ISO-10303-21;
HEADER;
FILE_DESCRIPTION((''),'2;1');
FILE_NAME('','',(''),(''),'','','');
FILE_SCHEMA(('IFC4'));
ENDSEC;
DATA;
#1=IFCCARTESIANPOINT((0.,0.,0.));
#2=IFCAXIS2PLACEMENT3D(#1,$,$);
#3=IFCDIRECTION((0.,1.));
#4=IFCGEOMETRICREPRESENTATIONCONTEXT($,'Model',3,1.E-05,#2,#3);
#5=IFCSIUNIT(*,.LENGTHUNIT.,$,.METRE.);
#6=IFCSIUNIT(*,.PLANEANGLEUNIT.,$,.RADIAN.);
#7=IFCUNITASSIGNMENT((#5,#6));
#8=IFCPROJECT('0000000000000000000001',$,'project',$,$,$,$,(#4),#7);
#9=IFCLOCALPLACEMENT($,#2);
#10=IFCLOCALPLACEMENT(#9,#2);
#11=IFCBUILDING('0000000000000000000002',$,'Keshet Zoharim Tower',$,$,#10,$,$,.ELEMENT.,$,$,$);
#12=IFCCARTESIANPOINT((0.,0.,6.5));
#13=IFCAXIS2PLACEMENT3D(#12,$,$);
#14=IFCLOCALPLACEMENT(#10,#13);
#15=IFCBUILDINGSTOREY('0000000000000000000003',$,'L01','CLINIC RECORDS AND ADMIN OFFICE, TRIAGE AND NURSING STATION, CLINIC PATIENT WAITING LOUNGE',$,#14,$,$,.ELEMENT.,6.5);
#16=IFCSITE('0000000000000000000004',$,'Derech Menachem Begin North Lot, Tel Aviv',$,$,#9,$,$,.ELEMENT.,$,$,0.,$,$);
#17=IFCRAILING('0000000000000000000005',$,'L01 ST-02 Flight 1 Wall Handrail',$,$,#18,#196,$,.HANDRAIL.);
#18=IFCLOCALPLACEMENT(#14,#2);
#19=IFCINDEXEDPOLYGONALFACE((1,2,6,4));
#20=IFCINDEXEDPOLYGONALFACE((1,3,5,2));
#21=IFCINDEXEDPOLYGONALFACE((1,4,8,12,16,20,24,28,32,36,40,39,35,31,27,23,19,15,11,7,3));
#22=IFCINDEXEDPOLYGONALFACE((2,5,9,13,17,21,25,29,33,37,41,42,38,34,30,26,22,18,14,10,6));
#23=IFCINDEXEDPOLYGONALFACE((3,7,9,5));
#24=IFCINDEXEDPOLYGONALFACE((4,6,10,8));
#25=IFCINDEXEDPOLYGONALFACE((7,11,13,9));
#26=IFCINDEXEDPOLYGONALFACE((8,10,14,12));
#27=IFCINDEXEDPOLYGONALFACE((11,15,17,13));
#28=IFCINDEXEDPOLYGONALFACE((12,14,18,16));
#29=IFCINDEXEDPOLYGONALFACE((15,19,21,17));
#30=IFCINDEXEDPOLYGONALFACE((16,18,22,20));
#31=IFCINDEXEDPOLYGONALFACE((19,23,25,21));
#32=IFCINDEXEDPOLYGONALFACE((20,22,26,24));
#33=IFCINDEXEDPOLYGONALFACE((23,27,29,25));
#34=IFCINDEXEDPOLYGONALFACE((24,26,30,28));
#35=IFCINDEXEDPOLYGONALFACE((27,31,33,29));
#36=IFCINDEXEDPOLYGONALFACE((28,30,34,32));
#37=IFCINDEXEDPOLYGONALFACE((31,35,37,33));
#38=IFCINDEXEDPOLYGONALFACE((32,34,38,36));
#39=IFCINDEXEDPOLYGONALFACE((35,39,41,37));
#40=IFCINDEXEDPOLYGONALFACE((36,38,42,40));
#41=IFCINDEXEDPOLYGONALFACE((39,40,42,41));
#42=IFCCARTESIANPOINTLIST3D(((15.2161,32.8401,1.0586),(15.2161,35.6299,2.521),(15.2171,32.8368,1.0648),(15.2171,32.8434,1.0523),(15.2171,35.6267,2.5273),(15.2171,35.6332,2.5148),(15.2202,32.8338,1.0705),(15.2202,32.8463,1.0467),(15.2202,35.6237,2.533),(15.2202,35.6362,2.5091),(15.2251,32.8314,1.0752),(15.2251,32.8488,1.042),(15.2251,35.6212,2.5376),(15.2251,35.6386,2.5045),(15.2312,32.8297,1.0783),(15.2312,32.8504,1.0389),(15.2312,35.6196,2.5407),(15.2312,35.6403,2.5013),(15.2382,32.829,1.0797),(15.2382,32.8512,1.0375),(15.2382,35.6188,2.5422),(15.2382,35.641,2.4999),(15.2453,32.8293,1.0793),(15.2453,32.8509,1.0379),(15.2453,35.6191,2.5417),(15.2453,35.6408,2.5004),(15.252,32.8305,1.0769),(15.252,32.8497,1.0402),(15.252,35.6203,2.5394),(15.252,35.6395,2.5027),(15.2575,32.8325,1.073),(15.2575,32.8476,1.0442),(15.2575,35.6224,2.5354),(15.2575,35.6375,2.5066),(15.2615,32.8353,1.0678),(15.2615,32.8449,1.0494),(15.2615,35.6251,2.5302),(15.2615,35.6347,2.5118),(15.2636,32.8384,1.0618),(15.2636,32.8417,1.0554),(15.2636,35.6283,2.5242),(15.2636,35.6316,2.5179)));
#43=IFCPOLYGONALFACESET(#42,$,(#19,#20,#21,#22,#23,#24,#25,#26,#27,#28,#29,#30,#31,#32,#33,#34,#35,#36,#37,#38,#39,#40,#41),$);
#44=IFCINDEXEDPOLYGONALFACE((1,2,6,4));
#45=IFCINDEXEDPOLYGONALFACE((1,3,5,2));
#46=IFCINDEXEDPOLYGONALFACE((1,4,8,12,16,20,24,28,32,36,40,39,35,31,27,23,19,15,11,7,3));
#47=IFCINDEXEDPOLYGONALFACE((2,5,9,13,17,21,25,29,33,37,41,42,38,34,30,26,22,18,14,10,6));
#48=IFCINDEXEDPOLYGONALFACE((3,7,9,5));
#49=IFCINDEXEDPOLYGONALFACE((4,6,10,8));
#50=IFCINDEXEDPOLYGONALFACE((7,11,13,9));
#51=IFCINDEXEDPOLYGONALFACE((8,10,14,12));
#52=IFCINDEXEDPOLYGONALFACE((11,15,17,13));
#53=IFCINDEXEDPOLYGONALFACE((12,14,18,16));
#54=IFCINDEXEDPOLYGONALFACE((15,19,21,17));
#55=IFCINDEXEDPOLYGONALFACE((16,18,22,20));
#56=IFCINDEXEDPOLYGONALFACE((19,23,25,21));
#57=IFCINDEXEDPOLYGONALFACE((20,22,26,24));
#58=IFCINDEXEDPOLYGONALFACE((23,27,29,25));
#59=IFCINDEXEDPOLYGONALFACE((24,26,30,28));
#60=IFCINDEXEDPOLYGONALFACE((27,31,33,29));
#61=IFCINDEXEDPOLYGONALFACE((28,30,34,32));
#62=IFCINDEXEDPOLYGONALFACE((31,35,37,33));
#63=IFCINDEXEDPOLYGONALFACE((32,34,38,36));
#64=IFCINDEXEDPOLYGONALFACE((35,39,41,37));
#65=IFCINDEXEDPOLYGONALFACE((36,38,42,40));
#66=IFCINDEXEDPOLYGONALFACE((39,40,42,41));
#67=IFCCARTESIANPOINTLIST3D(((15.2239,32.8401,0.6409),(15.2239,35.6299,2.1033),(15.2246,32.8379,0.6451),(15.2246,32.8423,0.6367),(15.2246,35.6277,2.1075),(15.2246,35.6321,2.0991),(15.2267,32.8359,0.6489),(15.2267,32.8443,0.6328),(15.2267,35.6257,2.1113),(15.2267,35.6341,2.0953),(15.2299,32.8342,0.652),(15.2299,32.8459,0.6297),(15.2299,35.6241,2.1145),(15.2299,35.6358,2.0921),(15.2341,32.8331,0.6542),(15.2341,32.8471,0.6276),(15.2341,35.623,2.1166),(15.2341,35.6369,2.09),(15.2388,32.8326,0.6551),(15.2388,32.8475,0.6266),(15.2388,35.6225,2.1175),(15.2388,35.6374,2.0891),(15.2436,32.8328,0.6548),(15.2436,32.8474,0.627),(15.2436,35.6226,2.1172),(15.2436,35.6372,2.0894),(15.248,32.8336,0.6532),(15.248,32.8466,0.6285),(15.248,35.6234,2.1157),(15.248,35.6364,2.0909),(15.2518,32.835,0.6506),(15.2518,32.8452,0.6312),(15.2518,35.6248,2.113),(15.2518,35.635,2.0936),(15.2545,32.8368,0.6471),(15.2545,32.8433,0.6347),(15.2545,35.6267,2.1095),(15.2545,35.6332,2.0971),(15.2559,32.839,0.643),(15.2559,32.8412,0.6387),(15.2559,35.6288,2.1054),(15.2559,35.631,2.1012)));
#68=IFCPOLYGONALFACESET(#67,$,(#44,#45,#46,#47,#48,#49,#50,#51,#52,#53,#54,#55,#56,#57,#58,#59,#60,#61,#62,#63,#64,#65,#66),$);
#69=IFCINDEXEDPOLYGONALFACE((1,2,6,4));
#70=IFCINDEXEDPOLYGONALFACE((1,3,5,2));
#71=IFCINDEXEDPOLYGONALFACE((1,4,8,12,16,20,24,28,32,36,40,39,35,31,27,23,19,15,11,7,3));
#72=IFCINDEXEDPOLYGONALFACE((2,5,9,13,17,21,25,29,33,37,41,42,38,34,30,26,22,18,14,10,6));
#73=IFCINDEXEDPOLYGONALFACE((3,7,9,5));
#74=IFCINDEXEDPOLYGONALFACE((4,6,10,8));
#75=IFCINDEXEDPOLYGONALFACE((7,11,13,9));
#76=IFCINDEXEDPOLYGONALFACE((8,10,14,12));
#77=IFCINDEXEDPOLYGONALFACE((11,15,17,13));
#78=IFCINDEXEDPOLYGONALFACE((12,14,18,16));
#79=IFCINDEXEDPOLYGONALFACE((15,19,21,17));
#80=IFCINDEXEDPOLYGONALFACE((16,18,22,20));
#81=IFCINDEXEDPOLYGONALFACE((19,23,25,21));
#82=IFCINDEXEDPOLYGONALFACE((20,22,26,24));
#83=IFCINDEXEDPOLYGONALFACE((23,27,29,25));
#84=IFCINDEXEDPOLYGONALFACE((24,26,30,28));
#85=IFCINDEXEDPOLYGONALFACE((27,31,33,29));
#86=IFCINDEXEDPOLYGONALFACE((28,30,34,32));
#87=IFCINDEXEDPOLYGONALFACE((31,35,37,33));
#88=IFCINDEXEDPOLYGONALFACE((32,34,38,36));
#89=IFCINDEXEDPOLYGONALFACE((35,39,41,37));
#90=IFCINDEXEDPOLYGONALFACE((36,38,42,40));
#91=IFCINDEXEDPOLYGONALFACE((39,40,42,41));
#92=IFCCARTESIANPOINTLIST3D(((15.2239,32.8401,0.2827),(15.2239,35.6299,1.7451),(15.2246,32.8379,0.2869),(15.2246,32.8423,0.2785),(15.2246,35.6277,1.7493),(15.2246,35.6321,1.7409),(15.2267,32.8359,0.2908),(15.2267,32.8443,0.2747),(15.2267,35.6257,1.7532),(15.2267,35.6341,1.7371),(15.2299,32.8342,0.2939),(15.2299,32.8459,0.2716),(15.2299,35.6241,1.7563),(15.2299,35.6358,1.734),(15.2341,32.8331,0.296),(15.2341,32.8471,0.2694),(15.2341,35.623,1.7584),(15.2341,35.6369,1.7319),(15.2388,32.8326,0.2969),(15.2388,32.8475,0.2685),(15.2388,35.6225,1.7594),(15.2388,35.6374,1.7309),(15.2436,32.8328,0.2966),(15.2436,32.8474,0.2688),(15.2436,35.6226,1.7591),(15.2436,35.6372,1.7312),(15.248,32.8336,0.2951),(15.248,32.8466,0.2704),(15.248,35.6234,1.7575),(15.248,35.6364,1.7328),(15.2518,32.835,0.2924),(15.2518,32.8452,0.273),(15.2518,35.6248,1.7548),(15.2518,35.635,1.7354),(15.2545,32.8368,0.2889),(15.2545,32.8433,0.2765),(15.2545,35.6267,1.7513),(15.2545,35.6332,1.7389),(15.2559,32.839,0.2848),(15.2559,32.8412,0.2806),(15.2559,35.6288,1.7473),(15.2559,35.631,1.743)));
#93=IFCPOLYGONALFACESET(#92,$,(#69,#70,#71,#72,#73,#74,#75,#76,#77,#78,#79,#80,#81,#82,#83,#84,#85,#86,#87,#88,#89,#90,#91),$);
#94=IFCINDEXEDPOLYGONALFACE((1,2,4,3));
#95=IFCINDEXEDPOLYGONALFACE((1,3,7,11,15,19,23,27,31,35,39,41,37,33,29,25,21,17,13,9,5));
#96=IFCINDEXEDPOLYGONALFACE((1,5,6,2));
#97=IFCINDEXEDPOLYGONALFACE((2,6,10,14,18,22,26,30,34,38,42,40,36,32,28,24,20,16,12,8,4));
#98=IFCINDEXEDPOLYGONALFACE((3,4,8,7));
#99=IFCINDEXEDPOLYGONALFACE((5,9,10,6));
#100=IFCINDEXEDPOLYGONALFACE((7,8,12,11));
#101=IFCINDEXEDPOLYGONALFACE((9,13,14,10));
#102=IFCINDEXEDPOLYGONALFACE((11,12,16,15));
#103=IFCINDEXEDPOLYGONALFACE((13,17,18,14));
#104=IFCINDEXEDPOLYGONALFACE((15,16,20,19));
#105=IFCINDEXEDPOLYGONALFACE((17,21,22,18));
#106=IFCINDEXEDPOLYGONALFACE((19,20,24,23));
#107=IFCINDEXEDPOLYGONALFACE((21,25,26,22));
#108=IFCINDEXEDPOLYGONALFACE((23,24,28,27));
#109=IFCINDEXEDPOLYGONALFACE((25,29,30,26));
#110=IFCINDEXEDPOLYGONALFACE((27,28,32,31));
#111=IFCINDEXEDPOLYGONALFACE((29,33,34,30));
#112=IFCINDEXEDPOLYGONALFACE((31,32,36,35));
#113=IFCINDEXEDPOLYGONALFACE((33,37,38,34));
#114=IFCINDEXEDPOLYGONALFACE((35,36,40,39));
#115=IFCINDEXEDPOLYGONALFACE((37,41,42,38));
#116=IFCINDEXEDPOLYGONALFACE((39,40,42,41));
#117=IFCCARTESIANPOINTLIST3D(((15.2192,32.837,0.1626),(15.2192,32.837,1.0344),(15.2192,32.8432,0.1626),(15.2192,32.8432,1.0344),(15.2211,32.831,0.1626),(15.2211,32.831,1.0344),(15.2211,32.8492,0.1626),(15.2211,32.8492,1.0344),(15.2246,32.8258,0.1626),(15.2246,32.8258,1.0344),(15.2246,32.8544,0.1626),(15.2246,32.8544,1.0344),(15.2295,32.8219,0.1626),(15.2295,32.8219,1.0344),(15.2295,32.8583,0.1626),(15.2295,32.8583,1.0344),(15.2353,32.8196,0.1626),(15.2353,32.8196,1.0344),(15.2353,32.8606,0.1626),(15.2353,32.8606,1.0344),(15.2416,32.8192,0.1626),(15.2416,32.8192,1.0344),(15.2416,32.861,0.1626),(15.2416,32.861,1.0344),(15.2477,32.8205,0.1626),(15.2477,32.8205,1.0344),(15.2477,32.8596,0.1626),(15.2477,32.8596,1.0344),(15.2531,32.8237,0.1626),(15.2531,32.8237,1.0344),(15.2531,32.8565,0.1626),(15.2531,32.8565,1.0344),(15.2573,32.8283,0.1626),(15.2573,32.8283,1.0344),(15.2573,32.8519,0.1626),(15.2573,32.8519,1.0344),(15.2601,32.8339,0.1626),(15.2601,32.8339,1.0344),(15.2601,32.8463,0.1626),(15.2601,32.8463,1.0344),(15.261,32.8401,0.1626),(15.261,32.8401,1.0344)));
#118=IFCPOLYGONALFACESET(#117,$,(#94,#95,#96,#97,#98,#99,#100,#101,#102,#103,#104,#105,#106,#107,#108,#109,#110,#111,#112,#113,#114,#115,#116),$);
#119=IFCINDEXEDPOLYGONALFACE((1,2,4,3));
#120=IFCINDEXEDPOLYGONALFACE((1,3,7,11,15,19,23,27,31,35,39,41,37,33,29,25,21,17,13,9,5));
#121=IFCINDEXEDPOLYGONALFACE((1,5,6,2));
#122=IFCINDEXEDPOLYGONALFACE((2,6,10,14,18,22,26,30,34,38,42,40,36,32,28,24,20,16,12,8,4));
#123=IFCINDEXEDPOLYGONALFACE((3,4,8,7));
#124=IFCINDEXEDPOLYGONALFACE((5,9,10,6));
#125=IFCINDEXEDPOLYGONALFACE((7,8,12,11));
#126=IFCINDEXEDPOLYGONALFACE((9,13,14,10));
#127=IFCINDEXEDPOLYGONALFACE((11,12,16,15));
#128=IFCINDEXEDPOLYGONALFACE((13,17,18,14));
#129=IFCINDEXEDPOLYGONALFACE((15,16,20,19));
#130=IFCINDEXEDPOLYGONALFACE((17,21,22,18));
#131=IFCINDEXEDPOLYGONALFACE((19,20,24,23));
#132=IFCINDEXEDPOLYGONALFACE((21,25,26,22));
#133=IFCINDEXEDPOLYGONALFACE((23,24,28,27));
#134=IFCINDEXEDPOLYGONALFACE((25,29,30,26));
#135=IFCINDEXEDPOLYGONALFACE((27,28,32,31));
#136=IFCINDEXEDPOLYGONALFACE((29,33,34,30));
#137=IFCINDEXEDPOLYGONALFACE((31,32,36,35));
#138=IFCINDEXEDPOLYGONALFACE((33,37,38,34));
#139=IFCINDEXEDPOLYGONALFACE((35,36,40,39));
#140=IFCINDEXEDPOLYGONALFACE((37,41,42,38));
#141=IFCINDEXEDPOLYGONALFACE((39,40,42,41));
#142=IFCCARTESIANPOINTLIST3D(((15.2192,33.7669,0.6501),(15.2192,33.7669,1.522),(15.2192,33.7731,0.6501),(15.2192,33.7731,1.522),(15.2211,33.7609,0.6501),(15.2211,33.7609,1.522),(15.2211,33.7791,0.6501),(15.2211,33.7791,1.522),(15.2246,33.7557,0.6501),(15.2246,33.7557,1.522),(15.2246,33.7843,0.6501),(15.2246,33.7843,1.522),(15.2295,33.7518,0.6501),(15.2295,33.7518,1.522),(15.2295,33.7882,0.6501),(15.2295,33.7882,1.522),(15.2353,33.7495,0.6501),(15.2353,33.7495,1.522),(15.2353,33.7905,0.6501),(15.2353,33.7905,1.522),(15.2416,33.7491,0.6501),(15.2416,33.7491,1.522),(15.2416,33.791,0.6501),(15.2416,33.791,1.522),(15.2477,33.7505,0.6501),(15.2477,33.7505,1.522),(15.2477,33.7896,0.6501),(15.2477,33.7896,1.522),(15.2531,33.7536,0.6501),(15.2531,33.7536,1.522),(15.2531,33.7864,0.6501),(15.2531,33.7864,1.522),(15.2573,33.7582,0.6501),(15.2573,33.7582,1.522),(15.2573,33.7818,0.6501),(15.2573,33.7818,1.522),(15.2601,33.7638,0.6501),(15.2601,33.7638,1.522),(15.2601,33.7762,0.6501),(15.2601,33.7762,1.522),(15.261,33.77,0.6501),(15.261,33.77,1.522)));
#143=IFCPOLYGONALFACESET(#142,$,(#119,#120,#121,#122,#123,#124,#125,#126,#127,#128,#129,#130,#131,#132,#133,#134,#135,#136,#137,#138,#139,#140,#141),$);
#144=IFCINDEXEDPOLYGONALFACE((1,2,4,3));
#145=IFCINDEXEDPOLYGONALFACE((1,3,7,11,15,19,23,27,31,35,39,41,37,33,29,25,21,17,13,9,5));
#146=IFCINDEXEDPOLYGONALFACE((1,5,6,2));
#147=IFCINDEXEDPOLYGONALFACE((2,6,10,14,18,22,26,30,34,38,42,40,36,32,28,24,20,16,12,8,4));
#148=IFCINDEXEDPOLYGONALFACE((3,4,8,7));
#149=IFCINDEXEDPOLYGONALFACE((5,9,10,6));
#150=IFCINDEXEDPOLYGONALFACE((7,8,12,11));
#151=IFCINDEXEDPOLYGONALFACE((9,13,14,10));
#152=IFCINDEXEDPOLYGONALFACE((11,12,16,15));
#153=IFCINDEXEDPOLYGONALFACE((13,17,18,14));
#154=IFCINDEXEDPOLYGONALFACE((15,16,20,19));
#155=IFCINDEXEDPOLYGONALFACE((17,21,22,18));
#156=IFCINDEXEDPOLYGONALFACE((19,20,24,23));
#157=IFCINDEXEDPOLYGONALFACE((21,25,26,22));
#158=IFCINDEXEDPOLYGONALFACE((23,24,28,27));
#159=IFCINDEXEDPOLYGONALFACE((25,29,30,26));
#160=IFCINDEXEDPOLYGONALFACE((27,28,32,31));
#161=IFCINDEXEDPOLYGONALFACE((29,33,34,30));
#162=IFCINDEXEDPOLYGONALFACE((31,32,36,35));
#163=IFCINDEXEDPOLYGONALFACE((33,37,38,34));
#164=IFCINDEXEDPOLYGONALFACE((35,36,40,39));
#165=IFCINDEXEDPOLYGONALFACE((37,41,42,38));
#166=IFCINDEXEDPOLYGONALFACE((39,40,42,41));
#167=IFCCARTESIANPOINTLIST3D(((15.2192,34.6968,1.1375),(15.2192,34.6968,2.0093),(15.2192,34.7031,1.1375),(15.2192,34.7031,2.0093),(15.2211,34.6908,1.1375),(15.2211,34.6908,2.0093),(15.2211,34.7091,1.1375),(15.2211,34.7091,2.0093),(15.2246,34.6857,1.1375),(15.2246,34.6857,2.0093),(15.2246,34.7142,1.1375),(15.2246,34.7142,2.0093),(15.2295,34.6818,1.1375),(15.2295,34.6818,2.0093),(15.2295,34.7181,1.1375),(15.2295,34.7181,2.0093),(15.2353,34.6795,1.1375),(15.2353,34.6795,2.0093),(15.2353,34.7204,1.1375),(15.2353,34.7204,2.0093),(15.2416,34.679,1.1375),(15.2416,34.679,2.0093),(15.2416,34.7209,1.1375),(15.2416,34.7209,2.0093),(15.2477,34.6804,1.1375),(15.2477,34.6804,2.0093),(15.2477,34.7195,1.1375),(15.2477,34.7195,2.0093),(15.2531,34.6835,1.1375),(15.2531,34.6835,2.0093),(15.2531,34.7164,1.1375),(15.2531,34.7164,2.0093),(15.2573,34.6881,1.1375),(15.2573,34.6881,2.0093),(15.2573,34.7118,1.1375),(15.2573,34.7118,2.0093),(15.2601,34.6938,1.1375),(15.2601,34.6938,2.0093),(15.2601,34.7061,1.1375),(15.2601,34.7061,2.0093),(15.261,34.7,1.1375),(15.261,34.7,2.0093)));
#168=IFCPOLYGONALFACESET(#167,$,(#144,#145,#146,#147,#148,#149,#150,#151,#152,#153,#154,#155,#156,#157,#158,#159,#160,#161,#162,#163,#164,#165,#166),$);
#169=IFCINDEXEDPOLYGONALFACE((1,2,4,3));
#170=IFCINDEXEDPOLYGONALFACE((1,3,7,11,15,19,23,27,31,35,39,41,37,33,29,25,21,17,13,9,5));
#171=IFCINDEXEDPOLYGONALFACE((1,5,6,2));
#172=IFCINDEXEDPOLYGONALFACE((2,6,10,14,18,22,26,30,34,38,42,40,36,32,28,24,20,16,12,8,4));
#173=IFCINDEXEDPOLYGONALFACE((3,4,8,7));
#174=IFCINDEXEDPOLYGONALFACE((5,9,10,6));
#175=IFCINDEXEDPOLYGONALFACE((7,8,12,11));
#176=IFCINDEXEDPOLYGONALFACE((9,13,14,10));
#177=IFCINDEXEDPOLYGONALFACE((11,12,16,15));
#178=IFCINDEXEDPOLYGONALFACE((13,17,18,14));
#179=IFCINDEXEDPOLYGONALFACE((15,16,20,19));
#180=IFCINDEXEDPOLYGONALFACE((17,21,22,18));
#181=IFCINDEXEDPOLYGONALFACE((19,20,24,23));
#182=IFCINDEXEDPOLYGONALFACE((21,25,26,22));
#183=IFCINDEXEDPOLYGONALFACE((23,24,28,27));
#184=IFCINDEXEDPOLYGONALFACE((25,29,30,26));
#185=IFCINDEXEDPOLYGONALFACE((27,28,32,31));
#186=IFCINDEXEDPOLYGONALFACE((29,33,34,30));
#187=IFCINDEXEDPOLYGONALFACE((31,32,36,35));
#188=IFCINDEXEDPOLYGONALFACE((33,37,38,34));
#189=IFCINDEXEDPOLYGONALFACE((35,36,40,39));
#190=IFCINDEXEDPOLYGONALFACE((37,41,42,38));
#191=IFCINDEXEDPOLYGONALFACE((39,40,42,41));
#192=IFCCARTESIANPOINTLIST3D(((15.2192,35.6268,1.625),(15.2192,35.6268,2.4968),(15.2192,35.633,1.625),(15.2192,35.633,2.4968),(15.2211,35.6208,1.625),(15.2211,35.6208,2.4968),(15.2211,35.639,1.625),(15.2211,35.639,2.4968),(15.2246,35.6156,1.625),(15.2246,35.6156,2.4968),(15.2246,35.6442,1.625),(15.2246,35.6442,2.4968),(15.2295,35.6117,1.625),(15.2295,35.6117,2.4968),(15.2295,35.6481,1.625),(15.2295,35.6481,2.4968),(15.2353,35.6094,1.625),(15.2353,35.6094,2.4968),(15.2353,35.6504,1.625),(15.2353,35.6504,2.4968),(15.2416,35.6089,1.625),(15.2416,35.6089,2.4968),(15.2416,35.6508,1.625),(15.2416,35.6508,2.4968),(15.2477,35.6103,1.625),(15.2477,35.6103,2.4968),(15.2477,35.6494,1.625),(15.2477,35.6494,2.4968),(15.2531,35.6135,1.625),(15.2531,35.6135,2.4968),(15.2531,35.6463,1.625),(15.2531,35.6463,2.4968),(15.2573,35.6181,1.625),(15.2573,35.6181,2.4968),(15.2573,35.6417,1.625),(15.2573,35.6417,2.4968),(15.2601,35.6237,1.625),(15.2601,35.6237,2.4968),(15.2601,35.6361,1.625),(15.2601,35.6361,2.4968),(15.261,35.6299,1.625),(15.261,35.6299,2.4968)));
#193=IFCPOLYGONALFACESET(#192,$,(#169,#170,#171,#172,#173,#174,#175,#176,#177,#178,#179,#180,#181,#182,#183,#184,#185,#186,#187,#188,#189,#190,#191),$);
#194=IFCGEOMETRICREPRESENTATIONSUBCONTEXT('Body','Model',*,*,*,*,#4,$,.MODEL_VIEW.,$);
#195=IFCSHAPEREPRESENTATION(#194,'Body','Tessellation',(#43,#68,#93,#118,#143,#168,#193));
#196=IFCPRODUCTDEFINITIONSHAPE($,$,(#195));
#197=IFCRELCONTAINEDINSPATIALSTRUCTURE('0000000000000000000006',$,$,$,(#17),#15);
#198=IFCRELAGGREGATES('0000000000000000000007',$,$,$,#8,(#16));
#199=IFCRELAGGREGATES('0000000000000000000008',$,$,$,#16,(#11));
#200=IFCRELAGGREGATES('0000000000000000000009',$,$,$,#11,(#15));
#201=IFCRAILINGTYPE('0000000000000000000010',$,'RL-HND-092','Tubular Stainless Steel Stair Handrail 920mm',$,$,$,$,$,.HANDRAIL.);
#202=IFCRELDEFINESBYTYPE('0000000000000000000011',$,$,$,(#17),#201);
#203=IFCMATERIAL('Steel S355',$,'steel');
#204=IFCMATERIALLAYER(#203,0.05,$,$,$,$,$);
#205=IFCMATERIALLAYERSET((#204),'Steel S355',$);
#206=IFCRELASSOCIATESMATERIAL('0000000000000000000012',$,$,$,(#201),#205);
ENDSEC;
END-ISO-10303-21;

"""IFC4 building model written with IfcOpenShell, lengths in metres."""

from ifc_helpers import new_model, si_unit, direction, frame, origin, origin_2d, place, context, subcontext, project, spatial, circle, extrude, material, layer, layer_set, type_object, element, save


model = new_model("IFC4")

# Units and contexts
model_context = context("Model", 3, precision=1e-05, world=origin(), true_north=direction((0.0, 1.0)))
body_context = subcontext(model_context, "Body", "Model", "MODEL_VIEW")
ifc_project = project(units=[si_unit("LENGTHUNIT", "METRE"), si_unit("PLANEANGLEUNIT", "RADIAN")], contexts=[model_context])

# Site, building, storey
site_placement = place(None, origin())
site = spatial("IfcSite", under=ifc_project, at=site_placement, Name="Derech Menachem Begin North Lot, Tel Aviv", CompositionType="ELEMENT", RefElevation=0.0)
building_placement = place(site_placement, origin())
building = spatial("IfcBuilding", under=site, at=building_placement, Name="Keshet Zoharim Tower", CompositionType="ELEMENT")
storey_placement = place(building_placement, frame((0.0, 0.0, 6.5)))
storey = spatial("IfcBuildingStorey", under=building, at=storey_placement, Name="L01", Description="CLINIC RECORDS AND ADMIN OFFICE, TRIAGE AND NURSING STATION, CLINIC PATIENT WAITING LOUNGE", CompositionType="ELEMENT", Elevation=6.5)

# Shared definitions
ifc_material_1 = material(Name="Steel S355", Category="steel")

# Railing
ifc_layer_1 = layer(ifc_material_1, 0.05)
ifc_layer_set_1 = layer_set([ifc_layer_1], Name="Steel S355")
railing_type_1 = type_object("IfcRailingType", Name="RL-HND-092", Description="Tubular Stainless Steel Stair Handrail 920mm", PredefinedType="HANDRAIL", material=ifc_layer_set_1)
railing_1_placement = place(storey_placement, frame((15.24, 32.8401, 0.1626)))
element("IfcRailing", 1, at=railing_1_placement, inside=storey, type_object=railing_type_1, Name="L01 ST-02 Flight 1 Wall Handrail", PredefinedType="HANDRAIL", context=body_context, shape_type="SweptSolid", body=[
    extrude(circle(Radius=0.0239, at=origin_2d()), frame((0.0, 0.0, 0.896), z_axis=(0.0, 0.88569, 0.464276), x_axis=(-1.0, 0.0, 0.0)), (0.0, 0.0, 1.0), 3.1499),
    extrude(circle(Radius=0.0161, at=origin_2d()), frame((0.0, 0.0, 0.4783), z_axis=(0.0, 0.88569, 0.464276), x_axis=(-1.0, 0.0, 0.0)), (0.0, 0.0, 1.0), 3.1499),
    extrude(circle(Radius=0.0161, at=origin_2d()), frame((0.0, 0.0, 0.1201), z_axis=(0.0, 0.88569, 0.464276), x_axis=(-1.0, 0.0, 0.0)), (0.0, 0.0, 1.0), 3.1499),
    extrude(circle(Radius=0.021, at=origin_2d()), origin(), (0.0, 0.0, 1.0), 0.8718),
    extrude(circle(Radius=0.021, at=origin_2d()), frame((0.0, 0.9299, 0.4875)), (0.0, 0.0, 1.0), 0.8718),
    extrude(circle(Radius=0.021, at=origin_2d()), frame((0.0, 1.8599, 0.9749)), (0.0, 0.0, 1.0), 0.8718),
    extrude(circle(Radius=0.021, at=origin_2d()), frame((0.0, 2.7898, 1.4624)), (0.0, 0.0, 1.0), 0.8718),
])

save(model, "model.ifc")
